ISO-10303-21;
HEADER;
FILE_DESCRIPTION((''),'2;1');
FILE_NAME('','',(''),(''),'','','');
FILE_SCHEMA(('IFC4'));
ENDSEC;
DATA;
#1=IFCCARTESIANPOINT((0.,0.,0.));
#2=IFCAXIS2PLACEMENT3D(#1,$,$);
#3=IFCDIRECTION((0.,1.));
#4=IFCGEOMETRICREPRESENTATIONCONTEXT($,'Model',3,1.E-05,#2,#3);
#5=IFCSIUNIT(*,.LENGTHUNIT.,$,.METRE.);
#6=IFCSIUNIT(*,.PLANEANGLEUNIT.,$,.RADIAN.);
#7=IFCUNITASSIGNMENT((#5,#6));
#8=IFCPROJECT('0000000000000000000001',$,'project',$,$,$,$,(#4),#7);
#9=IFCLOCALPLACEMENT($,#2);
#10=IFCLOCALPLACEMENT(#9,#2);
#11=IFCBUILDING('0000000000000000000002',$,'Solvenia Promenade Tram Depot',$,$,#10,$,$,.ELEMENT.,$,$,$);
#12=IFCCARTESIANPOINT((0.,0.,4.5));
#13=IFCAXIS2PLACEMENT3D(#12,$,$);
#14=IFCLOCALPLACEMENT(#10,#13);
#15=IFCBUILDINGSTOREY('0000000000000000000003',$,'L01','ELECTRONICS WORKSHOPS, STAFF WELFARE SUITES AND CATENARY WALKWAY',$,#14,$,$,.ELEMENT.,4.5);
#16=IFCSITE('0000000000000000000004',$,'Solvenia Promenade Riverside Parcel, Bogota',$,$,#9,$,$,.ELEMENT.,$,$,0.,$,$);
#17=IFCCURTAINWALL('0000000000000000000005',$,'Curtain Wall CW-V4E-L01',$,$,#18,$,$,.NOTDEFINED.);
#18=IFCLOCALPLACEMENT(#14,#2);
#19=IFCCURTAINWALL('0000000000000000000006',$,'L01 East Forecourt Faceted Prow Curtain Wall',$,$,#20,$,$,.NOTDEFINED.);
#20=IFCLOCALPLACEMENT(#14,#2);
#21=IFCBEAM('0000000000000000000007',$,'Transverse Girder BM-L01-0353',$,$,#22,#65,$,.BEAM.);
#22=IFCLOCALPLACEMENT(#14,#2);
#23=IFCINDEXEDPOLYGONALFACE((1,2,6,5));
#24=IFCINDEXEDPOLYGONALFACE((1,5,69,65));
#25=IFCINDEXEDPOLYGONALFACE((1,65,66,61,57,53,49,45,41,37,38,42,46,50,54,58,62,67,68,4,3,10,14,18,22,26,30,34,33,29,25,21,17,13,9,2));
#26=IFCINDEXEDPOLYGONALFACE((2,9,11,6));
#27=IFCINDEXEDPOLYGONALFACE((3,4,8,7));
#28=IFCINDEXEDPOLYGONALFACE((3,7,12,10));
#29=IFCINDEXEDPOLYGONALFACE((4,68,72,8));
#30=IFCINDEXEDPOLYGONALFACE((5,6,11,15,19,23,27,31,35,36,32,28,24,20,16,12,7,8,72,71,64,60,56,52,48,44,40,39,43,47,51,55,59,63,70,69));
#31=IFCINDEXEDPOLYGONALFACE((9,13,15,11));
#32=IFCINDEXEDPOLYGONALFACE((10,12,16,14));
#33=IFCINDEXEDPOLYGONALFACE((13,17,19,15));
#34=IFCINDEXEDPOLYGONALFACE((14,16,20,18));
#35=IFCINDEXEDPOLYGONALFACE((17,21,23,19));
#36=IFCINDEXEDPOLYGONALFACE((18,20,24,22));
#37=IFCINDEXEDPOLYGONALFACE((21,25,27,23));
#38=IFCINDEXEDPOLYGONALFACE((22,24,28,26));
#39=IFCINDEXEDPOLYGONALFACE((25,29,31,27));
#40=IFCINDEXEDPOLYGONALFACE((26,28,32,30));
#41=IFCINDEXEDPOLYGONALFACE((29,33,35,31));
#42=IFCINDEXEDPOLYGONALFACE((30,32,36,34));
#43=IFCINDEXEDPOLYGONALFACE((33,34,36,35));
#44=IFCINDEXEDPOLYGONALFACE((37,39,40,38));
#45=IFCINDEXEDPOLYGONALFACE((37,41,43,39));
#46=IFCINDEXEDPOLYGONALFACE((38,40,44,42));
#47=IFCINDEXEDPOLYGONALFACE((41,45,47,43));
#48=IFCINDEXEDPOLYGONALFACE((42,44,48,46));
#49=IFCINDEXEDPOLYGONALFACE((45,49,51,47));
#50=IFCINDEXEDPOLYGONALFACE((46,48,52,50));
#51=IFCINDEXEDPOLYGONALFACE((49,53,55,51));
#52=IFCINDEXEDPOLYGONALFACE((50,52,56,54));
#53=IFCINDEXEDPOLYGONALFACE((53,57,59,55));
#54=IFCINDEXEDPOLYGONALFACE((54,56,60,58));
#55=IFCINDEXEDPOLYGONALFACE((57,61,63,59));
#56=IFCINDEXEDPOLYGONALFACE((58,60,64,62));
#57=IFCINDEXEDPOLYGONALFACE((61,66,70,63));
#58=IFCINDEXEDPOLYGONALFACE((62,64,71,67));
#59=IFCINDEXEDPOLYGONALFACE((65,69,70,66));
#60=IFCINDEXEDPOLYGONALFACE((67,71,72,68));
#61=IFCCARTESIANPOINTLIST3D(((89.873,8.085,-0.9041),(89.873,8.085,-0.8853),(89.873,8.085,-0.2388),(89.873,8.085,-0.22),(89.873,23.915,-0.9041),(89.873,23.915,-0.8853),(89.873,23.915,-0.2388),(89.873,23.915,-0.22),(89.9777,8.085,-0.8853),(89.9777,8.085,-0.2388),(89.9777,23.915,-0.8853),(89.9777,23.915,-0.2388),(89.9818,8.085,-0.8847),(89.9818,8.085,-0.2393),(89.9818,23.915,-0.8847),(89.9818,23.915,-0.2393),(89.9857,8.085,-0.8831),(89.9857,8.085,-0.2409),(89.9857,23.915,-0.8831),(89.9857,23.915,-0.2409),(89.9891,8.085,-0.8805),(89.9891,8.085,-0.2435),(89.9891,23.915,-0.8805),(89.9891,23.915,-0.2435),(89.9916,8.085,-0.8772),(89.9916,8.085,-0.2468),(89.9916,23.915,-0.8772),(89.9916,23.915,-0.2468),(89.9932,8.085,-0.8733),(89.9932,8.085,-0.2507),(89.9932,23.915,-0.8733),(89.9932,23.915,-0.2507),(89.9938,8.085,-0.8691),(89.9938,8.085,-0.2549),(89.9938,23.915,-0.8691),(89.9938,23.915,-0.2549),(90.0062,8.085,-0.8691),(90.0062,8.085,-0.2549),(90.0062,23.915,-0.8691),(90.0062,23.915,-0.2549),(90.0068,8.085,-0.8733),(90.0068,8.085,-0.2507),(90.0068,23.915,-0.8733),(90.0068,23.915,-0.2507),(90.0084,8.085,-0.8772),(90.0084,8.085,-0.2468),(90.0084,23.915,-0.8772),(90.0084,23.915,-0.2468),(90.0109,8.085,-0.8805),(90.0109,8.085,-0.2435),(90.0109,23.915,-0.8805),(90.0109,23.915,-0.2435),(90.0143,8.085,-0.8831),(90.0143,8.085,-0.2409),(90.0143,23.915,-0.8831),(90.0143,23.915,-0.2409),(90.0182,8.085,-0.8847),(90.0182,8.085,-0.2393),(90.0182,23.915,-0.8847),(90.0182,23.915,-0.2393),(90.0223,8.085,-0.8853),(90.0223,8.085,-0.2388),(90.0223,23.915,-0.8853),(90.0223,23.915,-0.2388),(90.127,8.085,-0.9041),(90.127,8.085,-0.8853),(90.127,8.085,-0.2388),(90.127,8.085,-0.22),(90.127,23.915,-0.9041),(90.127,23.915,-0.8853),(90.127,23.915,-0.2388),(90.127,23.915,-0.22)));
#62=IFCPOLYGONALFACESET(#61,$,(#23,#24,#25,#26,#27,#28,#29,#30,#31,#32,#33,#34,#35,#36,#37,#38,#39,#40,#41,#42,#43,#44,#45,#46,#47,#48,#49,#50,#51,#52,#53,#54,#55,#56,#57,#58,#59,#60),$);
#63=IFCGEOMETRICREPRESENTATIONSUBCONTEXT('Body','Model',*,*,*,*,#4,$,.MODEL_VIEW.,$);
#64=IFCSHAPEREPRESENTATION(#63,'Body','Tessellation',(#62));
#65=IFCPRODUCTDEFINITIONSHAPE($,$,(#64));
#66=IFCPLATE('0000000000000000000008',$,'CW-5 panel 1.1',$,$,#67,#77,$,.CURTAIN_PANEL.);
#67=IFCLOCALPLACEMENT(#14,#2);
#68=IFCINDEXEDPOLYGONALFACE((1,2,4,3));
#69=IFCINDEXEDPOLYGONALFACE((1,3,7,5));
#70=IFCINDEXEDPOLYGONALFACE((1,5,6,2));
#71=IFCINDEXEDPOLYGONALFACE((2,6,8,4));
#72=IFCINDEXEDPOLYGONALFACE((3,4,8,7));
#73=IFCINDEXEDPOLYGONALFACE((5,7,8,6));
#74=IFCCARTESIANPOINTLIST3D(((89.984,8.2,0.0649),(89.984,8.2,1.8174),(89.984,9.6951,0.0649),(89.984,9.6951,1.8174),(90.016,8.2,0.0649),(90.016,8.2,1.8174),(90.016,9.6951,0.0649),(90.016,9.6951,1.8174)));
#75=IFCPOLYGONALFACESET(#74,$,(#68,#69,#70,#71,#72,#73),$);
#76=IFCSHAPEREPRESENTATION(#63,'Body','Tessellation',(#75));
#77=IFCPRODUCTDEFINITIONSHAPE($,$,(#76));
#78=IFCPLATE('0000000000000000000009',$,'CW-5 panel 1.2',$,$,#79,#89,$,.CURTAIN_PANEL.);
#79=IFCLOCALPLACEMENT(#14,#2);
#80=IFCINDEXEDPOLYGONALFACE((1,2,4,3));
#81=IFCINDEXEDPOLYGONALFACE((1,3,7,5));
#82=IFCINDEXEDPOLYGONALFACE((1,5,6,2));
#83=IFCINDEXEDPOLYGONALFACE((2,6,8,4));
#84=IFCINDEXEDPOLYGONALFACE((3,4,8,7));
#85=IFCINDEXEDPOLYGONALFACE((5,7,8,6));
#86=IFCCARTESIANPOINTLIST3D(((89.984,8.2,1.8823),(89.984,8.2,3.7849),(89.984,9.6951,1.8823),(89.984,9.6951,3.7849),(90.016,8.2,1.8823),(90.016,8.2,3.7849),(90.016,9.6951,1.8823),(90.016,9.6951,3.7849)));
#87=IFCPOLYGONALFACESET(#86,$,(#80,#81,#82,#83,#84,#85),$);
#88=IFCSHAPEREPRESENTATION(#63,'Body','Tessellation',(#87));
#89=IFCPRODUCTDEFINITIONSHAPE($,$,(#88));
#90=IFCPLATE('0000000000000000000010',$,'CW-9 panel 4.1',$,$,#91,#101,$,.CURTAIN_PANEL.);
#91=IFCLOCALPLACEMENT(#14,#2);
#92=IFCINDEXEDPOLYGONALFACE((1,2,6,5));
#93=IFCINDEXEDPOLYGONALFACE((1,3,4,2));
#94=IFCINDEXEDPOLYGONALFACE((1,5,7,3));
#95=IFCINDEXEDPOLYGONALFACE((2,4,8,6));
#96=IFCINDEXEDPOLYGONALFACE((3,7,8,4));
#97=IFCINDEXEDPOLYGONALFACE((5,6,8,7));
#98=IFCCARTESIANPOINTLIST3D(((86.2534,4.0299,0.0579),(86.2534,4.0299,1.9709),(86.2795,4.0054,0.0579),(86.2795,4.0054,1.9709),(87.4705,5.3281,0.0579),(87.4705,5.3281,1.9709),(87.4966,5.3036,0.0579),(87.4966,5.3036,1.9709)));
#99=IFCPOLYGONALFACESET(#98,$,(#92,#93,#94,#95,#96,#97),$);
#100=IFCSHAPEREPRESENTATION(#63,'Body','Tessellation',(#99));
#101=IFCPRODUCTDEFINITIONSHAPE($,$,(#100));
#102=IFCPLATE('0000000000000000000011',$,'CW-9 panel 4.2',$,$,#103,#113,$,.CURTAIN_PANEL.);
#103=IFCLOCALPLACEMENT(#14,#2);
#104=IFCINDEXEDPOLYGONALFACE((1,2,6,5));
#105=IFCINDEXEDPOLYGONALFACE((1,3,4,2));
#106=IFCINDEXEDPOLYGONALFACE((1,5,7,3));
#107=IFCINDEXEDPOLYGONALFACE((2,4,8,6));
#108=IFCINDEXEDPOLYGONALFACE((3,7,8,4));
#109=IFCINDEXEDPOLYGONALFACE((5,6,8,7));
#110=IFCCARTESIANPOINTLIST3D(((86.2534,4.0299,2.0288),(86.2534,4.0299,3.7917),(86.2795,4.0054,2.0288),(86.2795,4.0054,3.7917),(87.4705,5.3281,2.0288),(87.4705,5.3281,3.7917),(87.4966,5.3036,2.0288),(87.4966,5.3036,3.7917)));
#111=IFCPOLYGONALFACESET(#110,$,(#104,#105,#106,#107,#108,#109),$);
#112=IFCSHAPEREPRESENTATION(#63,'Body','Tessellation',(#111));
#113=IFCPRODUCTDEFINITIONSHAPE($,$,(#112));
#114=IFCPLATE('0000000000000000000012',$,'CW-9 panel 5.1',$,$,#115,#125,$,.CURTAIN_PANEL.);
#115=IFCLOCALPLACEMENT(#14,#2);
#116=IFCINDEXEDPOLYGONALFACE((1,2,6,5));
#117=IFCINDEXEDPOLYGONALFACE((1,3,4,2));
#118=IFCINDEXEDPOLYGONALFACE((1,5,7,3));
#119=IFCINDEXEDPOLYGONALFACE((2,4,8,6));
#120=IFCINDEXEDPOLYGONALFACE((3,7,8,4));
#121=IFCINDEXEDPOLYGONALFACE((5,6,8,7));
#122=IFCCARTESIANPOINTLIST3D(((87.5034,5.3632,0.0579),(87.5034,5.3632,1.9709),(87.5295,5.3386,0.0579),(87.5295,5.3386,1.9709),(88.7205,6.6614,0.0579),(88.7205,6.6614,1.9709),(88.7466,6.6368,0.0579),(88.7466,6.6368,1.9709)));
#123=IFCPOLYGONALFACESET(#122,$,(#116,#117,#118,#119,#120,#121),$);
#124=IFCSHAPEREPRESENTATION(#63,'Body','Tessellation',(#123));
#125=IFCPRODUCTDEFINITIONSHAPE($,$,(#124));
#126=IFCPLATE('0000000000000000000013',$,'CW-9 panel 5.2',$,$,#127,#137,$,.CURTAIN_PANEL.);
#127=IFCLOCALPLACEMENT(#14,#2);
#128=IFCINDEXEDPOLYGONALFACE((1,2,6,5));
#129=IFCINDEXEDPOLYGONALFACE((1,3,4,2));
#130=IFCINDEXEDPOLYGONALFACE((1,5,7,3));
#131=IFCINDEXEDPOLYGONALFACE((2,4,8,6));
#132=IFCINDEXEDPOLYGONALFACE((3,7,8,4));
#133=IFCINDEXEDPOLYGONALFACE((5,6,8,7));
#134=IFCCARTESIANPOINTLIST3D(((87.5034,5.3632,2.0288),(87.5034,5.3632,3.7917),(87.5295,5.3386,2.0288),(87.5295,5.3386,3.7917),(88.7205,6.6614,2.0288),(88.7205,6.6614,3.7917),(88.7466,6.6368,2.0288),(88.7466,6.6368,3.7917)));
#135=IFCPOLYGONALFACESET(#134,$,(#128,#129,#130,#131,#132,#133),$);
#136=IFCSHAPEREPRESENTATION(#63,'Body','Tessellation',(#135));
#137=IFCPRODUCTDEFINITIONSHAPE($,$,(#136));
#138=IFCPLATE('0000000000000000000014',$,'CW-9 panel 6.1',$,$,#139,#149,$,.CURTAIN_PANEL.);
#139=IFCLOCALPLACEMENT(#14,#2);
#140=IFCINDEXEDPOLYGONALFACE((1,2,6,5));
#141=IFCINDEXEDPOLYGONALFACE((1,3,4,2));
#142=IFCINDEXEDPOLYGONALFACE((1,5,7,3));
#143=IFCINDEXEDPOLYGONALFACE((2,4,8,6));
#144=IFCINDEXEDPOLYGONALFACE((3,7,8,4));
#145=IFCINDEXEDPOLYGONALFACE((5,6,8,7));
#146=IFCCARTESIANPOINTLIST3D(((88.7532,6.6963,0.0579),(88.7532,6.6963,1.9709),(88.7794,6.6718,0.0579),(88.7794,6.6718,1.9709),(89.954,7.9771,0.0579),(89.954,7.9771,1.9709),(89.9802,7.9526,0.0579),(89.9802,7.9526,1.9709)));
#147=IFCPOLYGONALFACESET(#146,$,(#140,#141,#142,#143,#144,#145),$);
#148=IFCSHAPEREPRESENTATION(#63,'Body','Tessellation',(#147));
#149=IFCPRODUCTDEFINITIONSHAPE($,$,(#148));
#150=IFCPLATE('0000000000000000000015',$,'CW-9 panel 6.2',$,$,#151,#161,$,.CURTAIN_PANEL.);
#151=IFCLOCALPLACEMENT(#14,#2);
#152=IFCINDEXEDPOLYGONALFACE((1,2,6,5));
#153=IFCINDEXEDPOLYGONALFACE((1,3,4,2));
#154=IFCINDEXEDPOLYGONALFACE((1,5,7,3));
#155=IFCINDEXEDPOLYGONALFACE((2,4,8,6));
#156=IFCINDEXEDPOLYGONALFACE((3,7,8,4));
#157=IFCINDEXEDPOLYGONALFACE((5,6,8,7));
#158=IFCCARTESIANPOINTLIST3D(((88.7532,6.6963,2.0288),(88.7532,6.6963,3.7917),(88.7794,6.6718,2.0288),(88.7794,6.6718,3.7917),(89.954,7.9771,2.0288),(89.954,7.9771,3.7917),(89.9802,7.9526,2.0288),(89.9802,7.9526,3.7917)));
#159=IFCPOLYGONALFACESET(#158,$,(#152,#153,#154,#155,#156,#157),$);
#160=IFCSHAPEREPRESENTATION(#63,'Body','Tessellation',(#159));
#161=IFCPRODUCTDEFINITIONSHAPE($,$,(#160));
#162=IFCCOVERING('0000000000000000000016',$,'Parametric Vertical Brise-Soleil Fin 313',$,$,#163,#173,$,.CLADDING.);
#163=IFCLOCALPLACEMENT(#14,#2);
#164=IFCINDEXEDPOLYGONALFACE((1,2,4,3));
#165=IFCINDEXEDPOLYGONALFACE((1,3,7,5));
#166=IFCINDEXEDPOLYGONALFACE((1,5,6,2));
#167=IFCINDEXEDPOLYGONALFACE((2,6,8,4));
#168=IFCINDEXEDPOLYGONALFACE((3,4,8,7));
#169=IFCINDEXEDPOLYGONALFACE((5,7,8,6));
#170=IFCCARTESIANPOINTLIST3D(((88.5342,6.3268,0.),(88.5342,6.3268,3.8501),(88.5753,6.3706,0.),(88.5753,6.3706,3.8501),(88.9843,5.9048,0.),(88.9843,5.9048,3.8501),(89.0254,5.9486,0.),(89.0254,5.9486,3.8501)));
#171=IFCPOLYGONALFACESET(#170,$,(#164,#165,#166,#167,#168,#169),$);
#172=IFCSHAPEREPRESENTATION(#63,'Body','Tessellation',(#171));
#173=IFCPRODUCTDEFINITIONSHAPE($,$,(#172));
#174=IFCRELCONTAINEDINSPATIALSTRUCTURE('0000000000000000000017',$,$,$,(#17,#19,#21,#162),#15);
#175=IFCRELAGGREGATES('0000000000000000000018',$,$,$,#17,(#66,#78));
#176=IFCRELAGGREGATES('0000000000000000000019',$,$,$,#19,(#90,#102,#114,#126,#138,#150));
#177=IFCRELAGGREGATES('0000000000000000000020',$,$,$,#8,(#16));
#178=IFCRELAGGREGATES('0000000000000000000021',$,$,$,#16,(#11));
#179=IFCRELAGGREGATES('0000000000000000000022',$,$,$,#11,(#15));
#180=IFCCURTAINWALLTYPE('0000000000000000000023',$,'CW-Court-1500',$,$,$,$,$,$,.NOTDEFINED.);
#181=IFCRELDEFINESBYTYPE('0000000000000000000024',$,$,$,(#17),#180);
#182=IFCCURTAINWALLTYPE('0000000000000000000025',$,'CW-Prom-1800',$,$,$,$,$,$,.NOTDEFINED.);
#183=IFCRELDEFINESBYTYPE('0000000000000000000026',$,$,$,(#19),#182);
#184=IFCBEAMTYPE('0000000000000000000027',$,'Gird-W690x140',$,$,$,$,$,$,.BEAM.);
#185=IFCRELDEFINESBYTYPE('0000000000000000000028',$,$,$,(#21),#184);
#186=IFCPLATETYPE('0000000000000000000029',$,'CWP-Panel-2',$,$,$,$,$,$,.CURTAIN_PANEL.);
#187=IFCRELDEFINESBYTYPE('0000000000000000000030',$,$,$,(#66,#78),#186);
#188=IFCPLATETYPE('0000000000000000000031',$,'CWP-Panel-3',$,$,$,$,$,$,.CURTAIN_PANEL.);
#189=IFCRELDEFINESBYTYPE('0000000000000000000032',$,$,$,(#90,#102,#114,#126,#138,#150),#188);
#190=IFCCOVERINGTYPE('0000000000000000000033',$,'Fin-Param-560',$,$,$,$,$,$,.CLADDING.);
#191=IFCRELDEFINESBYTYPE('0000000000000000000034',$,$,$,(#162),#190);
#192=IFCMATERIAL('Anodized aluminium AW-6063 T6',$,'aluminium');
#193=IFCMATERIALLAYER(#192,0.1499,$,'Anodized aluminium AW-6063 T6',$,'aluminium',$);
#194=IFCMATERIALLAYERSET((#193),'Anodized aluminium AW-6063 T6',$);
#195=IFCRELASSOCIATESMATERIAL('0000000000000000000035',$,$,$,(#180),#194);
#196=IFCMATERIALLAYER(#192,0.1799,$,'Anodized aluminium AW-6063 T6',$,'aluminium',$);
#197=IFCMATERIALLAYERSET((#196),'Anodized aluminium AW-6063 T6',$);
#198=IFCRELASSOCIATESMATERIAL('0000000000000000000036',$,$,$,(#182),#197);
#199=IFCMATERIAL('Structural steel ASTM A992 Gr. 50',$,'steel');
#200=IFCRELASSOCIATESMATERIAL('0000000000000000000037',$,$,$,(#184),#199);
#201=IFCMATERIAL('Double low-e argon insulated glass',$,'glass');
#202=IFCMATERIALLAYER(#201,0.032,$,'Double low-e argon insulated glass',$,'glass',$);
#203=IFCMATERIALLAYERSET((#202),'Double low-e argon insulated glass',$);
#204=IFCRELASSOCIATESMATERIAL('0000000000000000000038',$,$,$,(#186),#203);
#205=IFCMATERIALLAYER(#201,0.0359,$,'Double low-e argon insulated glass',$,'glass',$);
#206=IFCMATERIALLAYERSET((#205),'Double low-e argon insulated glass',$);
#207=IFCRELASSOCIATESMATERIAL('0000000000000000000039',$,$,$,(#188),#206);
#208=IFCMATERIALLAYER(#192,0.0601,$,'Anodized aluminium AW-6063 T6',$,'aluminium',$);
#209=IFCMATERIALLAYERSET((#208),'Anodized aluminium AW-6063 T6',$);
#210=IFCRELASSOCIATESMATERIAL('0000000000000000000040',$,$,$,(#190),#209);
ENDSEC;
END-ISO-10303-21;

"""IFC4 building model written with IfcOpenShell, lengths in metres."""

from ifc_helpers import new_model, si_unit, direction, frame, origin, origin_2d, place, context, subcontext, project, spatial, rectangle, i_section, extrude, material, layer, layer_set, material_profile, profile_set, type_object, element, aggregate, save


model = new_model("IFC4")

# Units and contexts
model_context = context("Model", 3, precision=1e-05, world=origin(), true_north=direction((0.0, 1.0)))
body_context = subcontext(model_context, "Body", "Model", "MODEL_VIEW")
ifc_project = project(units=[si_unit("LENGTHUNIT", "METRE"), si_unit("PLANEANGLEUNIT", "RADIAN")], contexts=[model_context])

# Site, building, storey
site_placement = place(None, origin())
site = spatial("IfcSite", under=ifc_project, at=site_placement, Name="Solvenia Promenade Riverside Parcel, Bogota", CompositionType="ELEMENT", RefElevation=0.0)
building_placement = place(site_placement, origin())
building = spatial("IfcBuilding", under=site, at=building_placement, Name="Solvenia Promenade Tram Depot", CompositionType="ELEMENT")
storey_placement = place(building_placement, frame((0.0, 0.0, 4.5)))
storey = spatial("IfcBuildingStorey", under=building, at=storey_placement, Name="L01", Description="ELECTRONICS WORKSHOPS, STAFF WELFARE SUITES AND CATENARY WALKWAY", CompositionType="ELEMENT", Elevation=4.5)

# Shared definitions
ifc_material_1 = material(Name="Structural steel ASTM A992 Gr. 50", Category="steel")

# Curtain walls
ifc_material_2 = material(Name="Anodized aluminium AW-6063 T6", Category="aluminium")
ifc_layer_1 = layer(ifc_material_2, 0.1499, Name="Anodized aluminium AW-6063 T6", Category="aluminium")
ifc_layer_set_1 = layer_set([ifc_layer_1], Name="Anodized aluminium AW-6063 T6")
curtain_wall_type_1 = type_object("IfcCurtainWallType", Name="CW-Court-1500", PredefinedType="NOTDEFINED", material=ifc_layer_set_1)
curtain_wall_1_placement = place(storey_placement, origin())
curtain_wall_1 = element("IfcCurtainWall", 1, at=curtain_wall_1_placement, inside=storey, type_object=curtain_wall_type_1, Name="Curtain Wall CW-V4E-L01", PredefinedType="NOTDEFINED")
ifc_layer_2 = layer(ifc_material_2, 0.1799, Name="Anodized aluminium AW-6063 T6", Category="aluminium")
ifc_layer_set_2 = layer_set([ifc_layer_2], Name="Anodized aluminium AW-6063 T6")
curtain_wall_type_2 = type_object("IfcCurtainWallType", Name="CW-Prom-1800", PredefinedType="NOTDEFINED", material=ifc_layer_set_2)
curtain_wall_2_placement = place(storey_placement, origin())
curtain_wall_2 = element("IfcCurtainWall", 2, at=curtain_wall_2_placement, inside=storey, type_object=curtain_wall_type_2, Name="L01 East Forecourt Faceted Prow Curtain Wall", PredefinedType="NOTDEFINED")

# Beam
ifc_material_profile_1 = material_profile(ifc_material_1, i_section(OverallWidth=0.2539, OverallDepth=0.6841, WebThickness=0.0125, FlangeThickness=0.0188, FilletRadius=0.0161, at=origin_2d()), Name="W690x140", Category="steel")
ifc_profile_set_1 = profile_set([ifc_material_profile_1], Name="Structural steel ASTM A992 Gr. 50")
beam_type_1 = type_object("IfcBeamType", Name="Gird-W690x140", PredefinedType="BEAM", material=ifc_profile_set_1)
beam_1_placement = place(storey_placement, frame((90.0, 8.085, -0.562), z_axis=(0.0, 1.0, 0.0), x_axis=(-1.0, 0.0, 0.0)))
element("IfcBeam", 3, at=beam_1_placement, inside=storey, type_object=beam_type_1, Name="Transverse Girder BM-L01-0353", PredefinedType="BEAM", context=body_context, shape_type="SweptSolid", body=[
    extrude(i_section(OverallWidth=0.2539, OverallDepth=0.6841, WebThickness=0.0125, FlangeThickness=0.0188, FilletRadius=0.0161, at=origin_2d()), origin(), (0.0, 0.0, 1.0), 15.8301),
])

# Plates
ifc_material_3 = material(Name="Double low-e argon insulated glass", Category="glass")
ifc_layer_3 = layer(ifc_material_3, 0.032, Name="Double low-e argon insulated glass", Category="glass")
ifc_layer_set_3 = layer_set([ifc_layer_3], Name="Double low-e argon insulated glass")
plate_type_1 = type_object("IfcPlateType", Name="CWP-Panel-2", PredefinedType="CURTAIN_PANEL", material=ifc_layer_set_3)
plate_1_placement = place(storey_placement, frame((90.0, 8.9475, 0.0649), z_axis=(0.0, 0.0, 1.0), x_axis=(0.0, 1.0, 0.0)))
plate_1 = element("IfcPlate", 4, at=plate_1_placement, type_object=plate_type_1, Name="CW-5 panel 1.1", PredefinedType="CURTAIN_PANEL", context=body_context, shape_type="SweptSolid", body=[
    extrude(rectangle(XDim=1.4951, YDim=0.032, at=origin_2d()), origin(), (0.0, 0.0, 1.0), 1.7524),
])
plate_2_placement = place(storey_placement, frame((90.0, 8.9475, 1.8823), z_axis=(0.0, 0.0, 1.0), x_axis=(0.0, 1.0, 0.0)))
plate_2 = element("IfcPlate", 5, at=plate_2_placement, type_object=plate_type_1, Name="CW-5 panel 1.2", PredefinedType="CURTAIN_PANEL", context=body_context, shape_type="SweptSolid", body=[
    extrude(rectangle(XDim=1.4951, YDim=0.032, at=origin_2d()), origin(), (0.0, 0.0, 1.0), 1.9026),
])
aggregate(curtain_wall_1, [plate_1, plate_2])
ifc_layer_4 = layer(ifc_material_3, 0.0359, Name="Double low-e argon insulated glass", Category="glass")
ifc_layer_set_4 = layer_set([ifc_layer_4], Name="Double low-e argon insulated glass")
plate_type_2 = type_object("IfcPlateType", Name="CWP-Panel-3", PredefinedType="CURTAIN_PANEL", material=ifc_layer_set_4)
plate_3_placement = place(storey_placement, frame((86.875, 4.6667, 0.0579), z_axis=(0.0, 0.0, 1.0), x_axis=(0.683941, 0.729537, 0.0)))
plate_3 = element("IfcPlate", 6, at=plate_3_placement, type_object=plate_type_2, Name="CW-9 panel 4.1", PredefinedType="CURTAIN_PANEL", context=body_context, shape_type="SweptSolid", body=[
    extrude(rectangle(XDim=1.7795, YDim=0.0359, at=origin_2d()), origin(), (0.0, 0.0, 1.0), 1.9131),
])
plate_4_placement = place(storey_placement, frame((86.875, 4.6667, 2.0288), z_axis=(0.0, 0.0, 1.0), x_axis=(0.683941, 0.729537, 0.0)))
plate_4 = element("IfcPlate", 7, at=plate_4_placement, type_object=plate_type_2, Name="CW-9 panel 4.2", PredefinedType="CURTAIN_PANEL", context=body_context, shape_type="SweptSolid", body=[
    extrude(rectangle(XDim=1.7795, YDim=0.0359, at=origin_2d()), origin(), (0.0, 0.0, 1.0), 1.7629),
])
plate_5_placement = place(storey_placement, frame((88.125, 6.0, 0.0579), z_axis=(0.0, 0.0, 1.0), x_axis=(0.683941, 0.729537, 0.0)))
plate_5 = element("IfcPlate", 8, at=plate_5_placement, type_object=plate_type_2, Name="CW-9 panel 5.1", PredefinedType="CURTAIN_PANEL", context=body_context, shape_type="SweptSolid", body=[
    extrude(rectangle(XDim=1.7795, YDim=0.0359, at=origin_2d()), origin(), (0.0, 0.0, 1.0), 1.9131),
])
plate_6_placement = place(storey_placement, frame((88.125, 6.0, 2.0288), z_axis=(0.0, 0.0, 1.0), x_axis=(0.683941, 0.729537, 0.0)))
plate_6 = element("IfcPlate", 9, at=plate_6_placement, type_object=plate_type_2, Name="CW-9 panel 5.2", PredefinedType="CURTAIN_PANEL", context=body_context, shape_type="SweptSolid", body=[
    extrude(rectangle(XDim=1.7795, YDim=0.0359, at=origin_2d()), origin(), (0.0, 0.0, 1.0), 1.7629),
])
plate_7_placement = place(storey_placement, frame((89.3667, 7.3245, 0.0579), z_axis=(0.0, 0.0, 1.0), x_axis=(0.683941, 0.729537, 0.0)))
plate_7 = element("IfcPlate", 10, at=plate_7_placement, type_object=plate_type_2, Name="CW-9 panel 6.1", PredefinedType="CURTAIN_PANEL", context=body_context, shape_type="SweptSolid", body=[
    extrude(rectangle(XDim=1.7556, YDim=0.0359, at=origin_2d()), origin(), (0.0, 0.0, 1.0), 1.9131),
])
plate_8_placement = place(storey_placement, frame((89.3667, 7.3245, 2.0288), z_axis=(0.0, 0.0, 1.0), x_axis=(0.683941, 0.729537, 0.0)))
plate_8 = element("IfcPlate", 11, at=plate_8_placement, type_object=plate_type_2, Name="CW-9 panel 6.2", PredefinedType="CURTAIN_PANEL", context=body_context, shape_type="SweptSolid", body=[
    extrude(rectangle(XDim=1.7556, YDim=0.0359, at=origin_2d()), origin(), (0.0, 0.0, 1.0), 1.7629),
])
aggregate(curtain_wall_2, [plate_3, plate_4, plate_5, plate_6, plate_7, plate_8])

# Covering
ifc_layer_5 = layer(ifc_material_2, 0.0601, Name="Anodized aluminium AW-6063 T6", Category="aluminium")
ifc_layer_set_5 = layer_set([ifc_layer_5], Name="Anodized aluminium AW-6063 T6")
covering_type = type_object("IfcCoveringType", Name="Fin-Param-560", PredefinedType="CLADDING", material=ifc_layer_set_5)
covering_placement = place(storey_placement, frame((88.7798, 6.1377, 0.0), z_axis=(0.0, 0.0, 1.0), x_axis=(0.683911, 0.729566, 0.0)))
element("IfcCovering", 12, at=covering_placement, inside=storey, type_object=covering_type, Name="Parametric Vertical Brise-Soleil Fin 313", PredefinedType="CLADDING", context=body_context, shape_type="SweptSolid", body=[
    extrude(rectangle(XDim=0.0601, YDim=0.6169, at=origin_2d()), origin(), (0.0, 0.0, 1.0), 3.8501),
])

save(model, "model.ifc")
